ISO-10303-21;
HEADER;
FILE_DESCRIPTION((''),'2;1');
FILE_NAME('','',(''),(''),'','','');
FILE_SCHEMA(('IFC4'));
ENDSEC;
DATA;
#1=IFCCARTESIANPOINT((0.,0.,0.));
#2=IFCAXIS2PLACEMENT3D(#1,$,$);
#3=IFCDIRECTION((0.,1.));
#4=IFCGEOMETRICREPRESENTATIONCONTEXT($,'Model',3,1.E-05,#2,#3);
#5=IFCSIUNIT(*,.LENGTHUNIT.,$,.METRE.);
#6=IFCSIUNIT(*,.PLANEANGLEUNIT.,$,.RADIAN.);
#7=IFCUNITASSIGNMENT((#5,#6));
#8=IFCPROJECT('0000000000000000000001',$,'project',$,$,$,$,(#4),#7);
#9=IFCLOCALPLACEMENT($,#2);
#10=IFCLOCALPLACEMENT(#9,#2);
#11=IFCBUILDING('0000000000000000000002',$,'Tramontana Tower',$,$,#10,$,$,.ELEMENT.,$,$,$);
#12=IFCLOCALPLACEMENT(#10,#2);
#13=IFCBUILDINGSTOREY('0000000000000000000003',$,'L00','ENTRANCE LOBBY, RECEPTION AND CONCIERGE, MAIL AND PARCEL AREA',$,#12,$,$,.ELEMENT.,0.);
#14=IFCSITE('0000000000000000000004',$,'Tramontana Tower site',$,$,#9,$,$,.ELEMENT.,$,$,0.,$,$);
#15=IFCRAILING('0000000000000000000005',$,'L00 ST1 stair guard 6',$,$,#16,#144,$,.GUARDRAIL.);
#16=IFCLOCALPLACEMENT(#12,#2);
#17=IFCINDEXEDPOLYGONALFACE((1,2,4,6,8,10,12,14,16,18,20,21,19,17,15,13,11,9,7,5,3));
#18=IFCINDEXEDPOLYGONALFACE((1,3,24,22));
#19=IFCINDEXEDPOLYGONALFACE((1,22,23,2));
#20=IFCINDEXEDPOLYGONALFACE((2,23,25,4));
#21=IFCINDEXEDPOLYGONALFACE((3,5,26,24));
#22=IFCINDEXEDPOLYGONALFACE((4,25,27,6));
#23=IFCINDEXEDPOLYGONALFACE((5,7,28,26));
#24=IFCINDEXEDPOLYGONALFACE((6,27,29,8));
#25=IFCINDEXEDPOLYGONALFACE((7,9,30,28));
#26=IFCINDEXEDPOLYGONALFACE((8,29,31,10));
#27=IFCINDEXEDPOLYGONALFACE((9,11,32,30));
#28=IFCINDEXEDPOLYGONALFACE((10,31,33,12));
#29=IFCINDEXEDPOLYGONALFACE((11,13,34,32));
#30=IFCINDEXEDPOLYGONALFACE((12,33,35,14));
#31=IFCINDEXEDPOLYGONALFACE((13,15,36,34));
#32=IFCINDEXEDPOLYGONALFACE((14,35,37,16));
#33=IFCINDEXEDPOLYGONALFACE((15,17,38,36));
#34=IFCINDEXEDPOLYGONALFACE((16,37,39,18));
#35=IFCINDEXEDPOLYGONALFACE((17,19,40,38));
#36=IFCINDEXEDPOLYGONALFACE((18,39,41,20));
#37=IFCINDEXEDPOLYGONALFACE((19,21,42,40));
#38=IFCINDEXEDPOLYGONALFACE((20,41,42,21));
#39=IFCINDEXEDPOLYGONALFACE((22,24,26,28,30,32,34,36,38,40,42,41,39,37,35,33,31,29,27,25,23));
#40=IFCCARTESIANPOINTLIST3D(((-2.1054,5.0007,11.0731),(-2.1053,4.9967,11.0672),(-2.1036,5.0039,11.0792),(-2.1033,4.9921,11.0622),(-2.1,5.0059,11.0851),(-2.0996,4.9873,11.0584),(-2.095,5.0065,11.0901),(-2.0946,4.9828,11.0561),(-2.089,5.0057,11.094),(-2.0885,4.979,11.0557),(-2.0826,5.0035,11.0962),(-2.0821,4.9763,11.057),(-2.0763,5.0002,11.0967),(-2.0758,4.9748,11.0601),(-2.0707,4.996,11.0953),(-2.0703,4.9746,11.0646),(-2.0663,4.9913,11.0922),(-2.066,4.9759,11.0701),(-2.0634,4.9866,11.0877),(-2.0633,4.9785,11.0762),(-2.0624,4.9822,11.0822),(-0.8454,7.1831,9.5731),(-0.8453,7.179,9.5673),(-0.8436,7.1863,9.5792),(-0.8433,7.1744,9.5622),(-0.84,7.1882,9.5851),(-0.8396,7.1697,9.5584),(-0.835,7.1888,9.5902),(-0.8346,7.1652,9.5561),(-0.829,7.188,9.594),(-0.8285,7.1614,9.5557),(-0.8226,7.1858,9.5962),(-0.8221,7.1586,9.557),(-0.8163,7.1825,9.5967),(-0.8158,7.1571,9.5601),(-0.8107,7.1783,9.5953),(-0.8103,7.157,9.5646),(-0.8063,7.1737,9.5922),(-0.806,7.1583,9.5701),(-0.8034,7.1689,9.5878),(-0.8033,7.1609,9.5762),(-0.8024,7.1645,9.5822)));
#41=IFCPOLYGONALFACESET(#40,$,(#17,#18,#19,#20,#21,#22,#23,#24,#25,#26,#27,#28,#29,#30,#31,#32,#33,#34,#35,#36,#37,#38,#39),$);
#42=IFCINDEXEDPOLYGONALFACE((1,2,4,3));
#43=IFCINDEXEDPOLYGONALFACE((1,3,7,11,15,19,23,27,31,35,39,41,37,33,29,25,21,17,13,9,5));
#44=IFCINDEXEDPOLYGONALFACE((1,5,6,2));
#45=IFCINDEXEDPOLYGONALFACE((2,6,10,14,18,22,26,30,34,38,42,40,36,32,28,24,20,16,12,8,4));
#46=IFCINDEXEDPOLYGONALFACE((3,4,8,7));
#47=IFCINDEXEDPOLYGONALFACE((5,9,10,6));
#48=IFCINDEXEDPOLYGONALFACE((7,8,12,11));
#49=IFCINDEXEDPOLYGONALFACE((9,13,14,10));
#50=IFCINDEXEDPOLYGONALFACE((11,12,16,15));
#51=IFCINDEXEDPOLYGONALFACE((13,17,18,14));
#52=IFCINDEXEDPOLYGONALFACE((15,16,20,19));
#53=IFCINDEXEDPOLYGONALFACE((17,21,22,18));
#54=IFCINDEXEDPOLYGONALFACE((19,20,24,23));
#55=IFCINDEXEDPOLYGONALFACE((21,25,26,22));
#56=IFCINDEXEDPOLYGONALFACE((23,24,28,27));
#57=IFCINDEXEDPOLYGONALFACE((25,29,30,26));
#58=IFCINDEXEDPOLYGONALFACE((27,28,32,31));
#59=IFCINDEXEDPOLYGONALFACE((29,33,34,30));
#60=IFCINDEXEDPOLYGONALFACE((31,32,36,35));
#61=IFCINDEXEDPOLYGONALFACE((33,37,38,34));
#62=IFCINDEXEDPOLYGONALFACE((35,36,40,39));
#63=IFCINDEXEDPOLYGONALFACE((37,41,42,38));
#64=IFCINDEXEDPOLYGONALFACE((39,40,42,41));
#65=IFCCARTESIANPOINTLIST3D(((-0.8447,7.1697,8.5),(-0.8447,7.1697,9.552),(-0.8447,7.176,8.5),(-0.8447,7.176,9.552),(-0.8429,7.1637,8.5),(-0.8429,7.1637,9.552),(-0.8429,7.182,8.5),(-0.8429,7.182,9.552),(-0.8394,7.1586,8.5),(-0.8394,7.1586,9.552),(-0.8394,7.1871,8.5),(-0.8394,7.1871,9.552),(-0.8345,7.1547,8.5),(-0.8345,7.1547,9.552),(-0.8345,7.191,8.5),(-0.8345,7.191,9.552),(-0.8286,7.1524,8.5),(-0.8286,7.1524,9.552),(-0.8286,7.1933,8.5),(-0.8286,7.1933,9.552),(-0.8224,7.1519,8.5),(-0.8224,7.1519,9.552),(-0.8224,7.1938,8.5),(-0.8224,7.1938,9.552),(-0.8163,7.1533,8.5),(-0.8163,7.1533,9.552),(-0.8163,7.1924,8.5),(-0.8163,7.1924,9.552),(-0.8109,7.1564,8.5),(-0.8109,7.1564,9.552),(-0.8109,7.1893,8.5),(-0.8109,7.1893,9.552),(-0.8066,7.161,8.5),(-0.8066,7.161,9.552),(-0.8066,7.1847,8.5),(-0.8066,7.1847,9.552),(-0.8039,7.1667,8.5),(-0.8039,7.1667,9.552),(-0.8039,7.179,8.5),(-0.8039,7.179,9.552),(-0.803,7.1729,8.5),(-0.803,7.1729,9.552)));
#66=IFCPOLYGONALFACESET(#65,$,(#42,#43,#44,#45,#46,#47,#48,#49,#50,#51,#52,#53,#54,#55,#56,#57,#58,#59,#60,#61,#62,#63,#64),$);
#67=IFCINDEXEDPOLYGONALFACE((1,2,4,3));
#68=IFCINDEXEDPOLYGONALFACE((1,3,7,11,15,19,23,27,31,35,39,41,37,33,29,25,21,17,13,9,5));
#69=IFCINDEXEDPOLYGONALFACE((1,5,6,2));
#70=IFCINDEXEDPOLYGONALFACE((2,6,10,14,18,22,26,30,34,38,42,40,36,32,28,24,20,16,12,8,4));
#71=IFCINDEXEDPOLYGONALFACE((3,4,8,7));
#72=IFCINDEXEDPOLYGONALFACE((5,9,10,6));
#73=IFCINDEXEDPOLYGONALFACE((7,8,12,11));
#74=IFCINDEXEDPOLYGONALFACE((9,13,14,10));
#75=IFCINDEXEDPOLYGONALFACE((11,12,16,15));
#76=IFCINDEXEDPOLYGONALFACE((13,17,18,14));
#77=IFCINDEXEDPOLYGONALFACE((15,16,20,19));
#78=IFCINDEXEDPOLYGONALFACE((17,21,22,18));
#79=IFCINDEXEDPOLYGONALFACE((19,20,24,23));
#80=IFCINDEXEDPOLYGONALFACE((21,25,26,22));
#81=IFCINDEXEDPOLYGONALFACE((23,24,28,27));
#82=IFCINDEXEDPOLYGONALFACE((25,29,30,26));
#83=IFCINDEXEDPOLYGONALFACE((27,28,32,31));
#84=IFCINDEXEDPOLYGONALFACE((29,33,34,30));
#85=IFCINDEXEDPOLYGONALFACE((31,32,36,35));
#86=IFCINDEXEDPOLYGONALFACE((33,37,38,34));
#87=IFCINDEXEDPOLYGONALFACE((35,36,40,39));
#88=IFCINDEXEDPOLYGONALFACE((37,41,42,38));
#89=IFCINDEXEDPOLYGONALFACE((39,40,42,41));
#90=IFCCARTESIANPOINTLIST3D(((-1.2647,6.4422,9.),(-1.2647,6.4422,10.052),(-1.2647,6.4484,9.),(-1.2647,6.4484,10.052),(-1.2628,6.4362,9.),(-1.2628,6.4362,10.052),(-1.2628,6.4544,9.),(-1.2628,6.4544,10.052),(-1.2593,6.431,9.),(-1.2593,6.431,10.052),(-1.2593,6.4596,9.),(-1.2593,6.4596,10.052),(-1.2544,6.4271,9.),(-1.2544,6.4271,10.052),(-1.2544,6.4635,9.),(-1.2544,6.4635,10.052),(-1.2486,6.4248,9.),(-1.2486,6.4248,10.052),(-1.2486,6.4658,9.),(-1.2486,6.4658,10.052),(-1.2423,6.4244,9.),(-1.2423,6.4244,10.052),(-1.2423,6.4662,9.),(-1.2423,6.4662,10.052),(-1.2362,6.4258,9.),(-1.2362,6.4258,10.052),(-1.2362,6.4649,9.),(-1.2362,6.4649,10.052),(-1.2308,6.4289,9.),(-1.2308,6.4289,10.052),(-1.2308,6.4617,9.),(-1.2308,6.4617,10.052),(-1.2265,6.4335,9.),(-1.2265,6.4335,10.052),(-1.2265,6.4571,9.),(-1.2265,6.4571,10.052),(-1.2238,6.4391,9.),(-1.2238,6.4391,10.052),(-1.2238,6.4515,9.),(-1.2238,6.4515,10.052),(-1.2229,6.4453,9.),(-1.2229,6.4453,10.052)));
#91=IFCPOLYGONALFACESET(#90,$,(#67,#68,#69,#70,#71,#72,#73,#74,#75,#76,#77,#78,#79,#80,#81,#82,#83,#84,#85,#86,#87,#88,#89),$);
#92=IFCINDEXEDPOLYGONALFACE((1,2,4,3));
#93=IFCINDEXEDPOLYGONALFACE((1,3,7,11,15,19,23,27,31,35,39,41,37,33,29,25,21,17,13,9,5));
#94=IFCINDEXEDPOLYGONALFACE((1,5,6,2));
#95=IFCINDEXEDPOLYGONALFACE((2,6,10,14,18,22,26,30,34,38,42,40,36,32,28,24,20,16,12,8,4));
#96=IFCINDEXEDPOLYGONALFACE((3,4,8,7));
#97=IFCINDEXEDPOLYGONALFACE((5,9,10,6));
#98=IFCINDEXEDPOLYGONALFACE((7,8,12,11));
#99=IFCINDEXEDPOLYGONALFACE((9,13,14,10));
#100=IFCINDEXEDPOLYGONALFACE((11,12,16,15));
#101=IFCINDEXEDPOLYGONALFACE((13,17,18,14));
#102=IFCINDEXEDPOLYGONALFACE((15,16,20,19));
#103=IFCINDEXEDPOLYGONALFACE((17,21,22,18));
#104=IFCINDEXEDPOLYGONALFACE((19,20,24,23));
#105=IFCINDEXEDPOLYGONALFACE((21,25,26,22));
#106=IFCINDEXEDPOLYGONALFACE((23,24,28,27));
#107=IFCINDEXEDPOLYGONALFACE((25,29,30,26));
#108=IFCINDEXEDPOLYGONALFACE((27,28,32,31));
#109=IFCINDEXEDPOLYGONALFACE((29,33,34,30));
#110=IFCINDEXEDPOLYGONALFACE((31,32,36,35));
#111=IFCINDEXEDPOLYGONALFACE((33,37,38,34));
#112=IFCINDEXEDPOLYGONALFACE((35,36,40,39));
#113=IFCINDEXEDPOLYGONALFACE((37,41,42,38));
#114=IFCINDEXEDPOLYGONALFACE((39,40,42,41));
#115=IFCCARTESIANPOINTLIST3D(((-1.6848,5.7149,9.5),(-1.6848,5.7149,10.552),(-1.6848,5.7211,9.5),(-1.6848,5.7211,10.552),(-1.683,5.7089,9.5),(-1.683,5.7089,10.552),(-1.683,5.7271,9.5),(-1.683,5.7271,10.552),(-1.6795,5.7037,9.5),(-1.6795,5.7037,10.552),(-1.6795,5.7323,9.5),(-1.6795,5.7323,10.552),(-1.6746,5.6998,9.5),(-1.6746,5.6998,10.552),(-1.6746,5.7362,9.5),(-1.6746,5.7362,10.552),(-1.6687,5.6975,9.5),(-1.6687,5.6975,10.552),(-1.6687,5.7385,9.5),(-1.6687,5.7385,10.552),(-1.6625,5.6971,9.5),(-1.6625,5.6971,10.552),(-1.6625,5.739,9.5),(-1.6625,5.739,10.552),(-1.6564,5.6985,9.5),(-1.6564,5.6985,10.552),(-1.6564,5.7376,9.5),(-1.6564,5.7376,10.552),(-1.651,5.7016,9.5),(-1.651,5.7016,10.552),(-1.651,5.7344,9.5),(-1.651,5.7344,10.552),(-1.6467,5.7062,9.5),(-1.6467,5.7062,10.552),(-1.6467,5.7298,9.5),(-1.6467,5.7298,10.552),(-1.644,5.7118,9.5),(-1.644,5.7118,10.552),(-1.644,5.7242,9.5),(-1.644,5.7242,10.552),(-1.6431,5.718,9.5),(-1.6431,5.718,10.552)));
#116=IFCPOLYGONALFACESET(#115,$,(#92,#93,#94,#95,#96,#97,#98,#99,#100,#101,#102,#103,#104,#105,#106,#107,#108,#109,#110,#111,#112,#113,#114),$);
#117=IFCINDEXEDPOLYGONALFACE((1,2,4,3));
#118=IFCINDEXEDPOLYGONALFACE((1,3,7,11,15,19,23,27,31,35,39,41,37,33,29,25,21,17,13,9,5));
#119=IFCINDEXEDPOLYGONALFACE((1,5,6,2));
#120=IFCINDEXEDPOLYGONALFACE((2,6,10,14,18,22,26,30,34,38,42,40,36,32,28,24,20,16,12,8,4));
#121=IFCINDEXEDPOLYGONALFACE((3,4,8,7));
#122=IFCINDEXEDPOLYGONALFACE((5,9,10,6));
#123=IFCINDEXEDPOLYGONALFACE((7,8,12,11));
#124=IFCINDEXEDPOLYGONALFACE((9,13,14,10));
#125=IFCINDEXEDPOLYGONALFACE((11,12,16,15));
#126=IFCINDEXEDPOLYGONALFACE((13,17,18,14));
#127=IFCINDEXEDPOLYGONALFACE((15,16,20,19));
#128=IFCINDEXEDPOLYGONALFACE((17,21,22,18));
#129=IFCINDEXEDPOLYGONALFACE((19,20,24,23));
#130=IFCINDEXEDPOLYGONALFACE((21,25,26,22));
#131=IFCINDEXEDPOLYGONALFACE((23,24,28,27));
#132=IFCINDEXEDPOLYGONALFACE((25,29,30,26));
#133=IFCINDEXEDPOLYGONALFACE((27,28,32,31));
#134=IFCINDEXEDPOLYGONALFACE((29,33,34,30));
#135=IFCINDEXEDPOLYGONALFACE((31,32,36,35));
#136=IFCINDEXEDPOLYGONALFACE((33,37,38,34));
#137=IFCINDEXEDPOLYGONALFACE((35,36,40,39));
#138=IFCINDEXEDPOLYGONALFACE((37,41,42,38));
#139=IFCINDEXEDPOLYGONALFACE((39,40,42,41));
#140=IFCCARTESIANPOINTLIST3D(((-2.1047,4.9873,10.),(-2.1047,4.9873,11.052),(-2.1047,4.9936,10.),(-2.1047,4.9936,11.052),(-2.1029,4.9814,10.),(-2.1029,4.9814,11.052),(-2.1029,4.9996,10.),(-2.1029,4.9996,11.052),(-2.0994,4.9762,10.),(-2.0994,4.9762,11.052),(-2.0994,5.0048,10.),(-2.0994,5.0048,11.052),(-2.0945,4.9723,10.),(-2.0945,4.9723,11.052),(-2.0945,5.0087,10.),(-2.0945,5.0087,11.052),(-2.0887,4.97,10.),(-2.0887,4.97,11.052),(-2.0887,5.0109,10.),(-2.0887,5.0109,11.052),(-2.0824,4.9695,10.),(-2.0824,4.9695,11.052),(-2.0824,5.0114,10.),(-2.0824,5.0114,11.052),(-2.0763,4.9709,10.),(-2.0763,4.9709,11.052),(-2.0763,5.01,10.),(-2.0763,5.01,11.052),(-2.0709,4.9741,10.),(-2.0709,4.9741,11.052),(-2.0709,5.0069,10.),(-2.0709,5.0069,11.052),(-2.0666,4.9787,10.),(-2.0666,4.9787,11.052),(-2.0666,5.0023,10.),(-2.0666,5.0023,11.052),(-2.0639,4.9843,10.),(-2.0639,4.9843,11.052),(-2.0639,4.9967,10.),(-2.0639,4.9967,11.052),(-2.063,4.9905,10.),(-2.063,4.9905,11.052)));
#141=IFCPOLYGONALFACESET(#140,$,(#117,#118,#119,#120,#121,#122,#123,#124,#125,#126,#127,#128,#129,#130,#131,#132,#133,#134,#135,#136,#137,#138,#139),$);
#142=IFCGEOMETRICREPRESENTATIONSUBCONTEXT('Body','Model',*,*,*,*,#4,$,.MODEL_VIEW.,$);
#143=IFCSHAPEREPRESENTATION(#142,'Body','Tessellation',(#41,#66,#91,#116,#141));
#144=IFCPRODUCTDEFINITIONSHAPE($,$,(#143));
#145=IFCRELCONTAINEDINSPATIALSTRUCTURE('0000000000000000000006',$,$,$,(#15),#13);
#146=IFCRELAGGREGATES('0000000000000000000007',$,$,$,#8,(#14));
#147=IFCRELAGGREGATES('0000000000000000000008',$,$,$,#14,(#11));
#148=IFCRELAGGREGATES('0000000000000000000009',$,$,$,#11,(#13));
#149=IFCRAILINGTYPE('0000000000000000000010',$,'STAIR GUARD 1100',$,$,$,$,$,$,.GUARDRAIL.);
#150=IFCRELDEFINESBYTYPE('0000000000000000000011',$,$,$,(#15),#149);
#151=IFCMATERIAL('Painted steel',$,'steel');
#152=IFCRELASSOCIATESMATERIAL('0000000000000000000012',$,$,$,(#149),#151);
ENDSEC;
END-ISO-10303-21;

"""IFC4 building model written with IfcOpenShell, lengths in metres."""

from ifc_helpers import new_model, si_unit, direction, frame, origin, origin_2d, place, context, subcontext, project, spatial, circle, extrude, material, type_object, element, save


model = new_model("IFC4")

# Units and contexts
model_context = context("Model", 3, precision=1e-05, world=origin(), true_north=direction((0.0, 1.0)))
body_context = subcontext(model_context, "Body", "Model", "MODEL_VIEW")
ifc_project = project(units=[si_unit("LENGTHUNIT", "METRE"), si_unit("PLANEANGLEUNIT", "RADIAN")], contexts=[model_context])

# Site, building, storey
site_placement = place(None, origin())
site = spatial("IfcSite", under=ifc_project, at=site_placement, Name="Tramontana Tower site", CompositionType="ELEMENT", RefElevation=0.0)
building_placement = place(site_placement, origin())
building = spatial("IfcBuilding", under=site, at=building_placement, Name="Tramontana Tower", CompositionType="ELEMENT")
storey_placement = place(building_placement, origin())
storey = spatial("IfcBuildingStorey", under=building, at=storey_placement, Name="L00", Description="ENTRANCE LOBBY, RECEPTION AND CONCIERGE, MAIL AND PARCEL AREA", CompositionType="ELEMENT", Elevation=0.0)

# Railing
ifc_material_1 = material(Name="Painted steel", Category="steel")
railing_type_1 = type_object("IfcRailingType", Name="STAIR GUARD 1100", PredefinedType="GUARDRAIL", material=ifc_material_1)
for number, where, name in (
    (1, (-0.824, 7.1729, 8.5), "L00 ST1 stair guard 6"),
):
    element("IfcRailing", number, at=place(storey_placement, frame(where)), inside=storey, type_object=railing_type_1, Name=name, PredefinedType="GUARDRAIL", context=body_context, shape_type="SweptSolid", body=[
        extrude(circle(Radius=0.0239, at=origin_2d()), frame((0.0, 0.0, 1.0762), z_axis=(-0.42965, -0.744167, 0.511485), x_axis=(0.866023, -0.500005, 0.0)), (0.0, 0.0, 1.0), 2.9326),
        extrude(circle(Radius=0.021, at=origin_2d()), origin(), (0.0, 0.0, 1.0), 1.052),
        extrude(circle(Radius=0.021, at=origin_2d()), frame((-0.4199, -0.7275, 0.5)), (0.0, 0.0, 1.0), 1.052),
        extrude(circle(Radius=0.021, at=origin_2d()), frame((-0.8401, -1.4548, 1.0)), (0.0, 0.0, 1.0), 1.052),
        extrude(circle(Radius=0.021, at=origin_2d()), frame((-1.26, -2.1824, 1.5)), (0.0, 0.0, 1.0), 1.052),
    ])

save(model, "model.ifc")
